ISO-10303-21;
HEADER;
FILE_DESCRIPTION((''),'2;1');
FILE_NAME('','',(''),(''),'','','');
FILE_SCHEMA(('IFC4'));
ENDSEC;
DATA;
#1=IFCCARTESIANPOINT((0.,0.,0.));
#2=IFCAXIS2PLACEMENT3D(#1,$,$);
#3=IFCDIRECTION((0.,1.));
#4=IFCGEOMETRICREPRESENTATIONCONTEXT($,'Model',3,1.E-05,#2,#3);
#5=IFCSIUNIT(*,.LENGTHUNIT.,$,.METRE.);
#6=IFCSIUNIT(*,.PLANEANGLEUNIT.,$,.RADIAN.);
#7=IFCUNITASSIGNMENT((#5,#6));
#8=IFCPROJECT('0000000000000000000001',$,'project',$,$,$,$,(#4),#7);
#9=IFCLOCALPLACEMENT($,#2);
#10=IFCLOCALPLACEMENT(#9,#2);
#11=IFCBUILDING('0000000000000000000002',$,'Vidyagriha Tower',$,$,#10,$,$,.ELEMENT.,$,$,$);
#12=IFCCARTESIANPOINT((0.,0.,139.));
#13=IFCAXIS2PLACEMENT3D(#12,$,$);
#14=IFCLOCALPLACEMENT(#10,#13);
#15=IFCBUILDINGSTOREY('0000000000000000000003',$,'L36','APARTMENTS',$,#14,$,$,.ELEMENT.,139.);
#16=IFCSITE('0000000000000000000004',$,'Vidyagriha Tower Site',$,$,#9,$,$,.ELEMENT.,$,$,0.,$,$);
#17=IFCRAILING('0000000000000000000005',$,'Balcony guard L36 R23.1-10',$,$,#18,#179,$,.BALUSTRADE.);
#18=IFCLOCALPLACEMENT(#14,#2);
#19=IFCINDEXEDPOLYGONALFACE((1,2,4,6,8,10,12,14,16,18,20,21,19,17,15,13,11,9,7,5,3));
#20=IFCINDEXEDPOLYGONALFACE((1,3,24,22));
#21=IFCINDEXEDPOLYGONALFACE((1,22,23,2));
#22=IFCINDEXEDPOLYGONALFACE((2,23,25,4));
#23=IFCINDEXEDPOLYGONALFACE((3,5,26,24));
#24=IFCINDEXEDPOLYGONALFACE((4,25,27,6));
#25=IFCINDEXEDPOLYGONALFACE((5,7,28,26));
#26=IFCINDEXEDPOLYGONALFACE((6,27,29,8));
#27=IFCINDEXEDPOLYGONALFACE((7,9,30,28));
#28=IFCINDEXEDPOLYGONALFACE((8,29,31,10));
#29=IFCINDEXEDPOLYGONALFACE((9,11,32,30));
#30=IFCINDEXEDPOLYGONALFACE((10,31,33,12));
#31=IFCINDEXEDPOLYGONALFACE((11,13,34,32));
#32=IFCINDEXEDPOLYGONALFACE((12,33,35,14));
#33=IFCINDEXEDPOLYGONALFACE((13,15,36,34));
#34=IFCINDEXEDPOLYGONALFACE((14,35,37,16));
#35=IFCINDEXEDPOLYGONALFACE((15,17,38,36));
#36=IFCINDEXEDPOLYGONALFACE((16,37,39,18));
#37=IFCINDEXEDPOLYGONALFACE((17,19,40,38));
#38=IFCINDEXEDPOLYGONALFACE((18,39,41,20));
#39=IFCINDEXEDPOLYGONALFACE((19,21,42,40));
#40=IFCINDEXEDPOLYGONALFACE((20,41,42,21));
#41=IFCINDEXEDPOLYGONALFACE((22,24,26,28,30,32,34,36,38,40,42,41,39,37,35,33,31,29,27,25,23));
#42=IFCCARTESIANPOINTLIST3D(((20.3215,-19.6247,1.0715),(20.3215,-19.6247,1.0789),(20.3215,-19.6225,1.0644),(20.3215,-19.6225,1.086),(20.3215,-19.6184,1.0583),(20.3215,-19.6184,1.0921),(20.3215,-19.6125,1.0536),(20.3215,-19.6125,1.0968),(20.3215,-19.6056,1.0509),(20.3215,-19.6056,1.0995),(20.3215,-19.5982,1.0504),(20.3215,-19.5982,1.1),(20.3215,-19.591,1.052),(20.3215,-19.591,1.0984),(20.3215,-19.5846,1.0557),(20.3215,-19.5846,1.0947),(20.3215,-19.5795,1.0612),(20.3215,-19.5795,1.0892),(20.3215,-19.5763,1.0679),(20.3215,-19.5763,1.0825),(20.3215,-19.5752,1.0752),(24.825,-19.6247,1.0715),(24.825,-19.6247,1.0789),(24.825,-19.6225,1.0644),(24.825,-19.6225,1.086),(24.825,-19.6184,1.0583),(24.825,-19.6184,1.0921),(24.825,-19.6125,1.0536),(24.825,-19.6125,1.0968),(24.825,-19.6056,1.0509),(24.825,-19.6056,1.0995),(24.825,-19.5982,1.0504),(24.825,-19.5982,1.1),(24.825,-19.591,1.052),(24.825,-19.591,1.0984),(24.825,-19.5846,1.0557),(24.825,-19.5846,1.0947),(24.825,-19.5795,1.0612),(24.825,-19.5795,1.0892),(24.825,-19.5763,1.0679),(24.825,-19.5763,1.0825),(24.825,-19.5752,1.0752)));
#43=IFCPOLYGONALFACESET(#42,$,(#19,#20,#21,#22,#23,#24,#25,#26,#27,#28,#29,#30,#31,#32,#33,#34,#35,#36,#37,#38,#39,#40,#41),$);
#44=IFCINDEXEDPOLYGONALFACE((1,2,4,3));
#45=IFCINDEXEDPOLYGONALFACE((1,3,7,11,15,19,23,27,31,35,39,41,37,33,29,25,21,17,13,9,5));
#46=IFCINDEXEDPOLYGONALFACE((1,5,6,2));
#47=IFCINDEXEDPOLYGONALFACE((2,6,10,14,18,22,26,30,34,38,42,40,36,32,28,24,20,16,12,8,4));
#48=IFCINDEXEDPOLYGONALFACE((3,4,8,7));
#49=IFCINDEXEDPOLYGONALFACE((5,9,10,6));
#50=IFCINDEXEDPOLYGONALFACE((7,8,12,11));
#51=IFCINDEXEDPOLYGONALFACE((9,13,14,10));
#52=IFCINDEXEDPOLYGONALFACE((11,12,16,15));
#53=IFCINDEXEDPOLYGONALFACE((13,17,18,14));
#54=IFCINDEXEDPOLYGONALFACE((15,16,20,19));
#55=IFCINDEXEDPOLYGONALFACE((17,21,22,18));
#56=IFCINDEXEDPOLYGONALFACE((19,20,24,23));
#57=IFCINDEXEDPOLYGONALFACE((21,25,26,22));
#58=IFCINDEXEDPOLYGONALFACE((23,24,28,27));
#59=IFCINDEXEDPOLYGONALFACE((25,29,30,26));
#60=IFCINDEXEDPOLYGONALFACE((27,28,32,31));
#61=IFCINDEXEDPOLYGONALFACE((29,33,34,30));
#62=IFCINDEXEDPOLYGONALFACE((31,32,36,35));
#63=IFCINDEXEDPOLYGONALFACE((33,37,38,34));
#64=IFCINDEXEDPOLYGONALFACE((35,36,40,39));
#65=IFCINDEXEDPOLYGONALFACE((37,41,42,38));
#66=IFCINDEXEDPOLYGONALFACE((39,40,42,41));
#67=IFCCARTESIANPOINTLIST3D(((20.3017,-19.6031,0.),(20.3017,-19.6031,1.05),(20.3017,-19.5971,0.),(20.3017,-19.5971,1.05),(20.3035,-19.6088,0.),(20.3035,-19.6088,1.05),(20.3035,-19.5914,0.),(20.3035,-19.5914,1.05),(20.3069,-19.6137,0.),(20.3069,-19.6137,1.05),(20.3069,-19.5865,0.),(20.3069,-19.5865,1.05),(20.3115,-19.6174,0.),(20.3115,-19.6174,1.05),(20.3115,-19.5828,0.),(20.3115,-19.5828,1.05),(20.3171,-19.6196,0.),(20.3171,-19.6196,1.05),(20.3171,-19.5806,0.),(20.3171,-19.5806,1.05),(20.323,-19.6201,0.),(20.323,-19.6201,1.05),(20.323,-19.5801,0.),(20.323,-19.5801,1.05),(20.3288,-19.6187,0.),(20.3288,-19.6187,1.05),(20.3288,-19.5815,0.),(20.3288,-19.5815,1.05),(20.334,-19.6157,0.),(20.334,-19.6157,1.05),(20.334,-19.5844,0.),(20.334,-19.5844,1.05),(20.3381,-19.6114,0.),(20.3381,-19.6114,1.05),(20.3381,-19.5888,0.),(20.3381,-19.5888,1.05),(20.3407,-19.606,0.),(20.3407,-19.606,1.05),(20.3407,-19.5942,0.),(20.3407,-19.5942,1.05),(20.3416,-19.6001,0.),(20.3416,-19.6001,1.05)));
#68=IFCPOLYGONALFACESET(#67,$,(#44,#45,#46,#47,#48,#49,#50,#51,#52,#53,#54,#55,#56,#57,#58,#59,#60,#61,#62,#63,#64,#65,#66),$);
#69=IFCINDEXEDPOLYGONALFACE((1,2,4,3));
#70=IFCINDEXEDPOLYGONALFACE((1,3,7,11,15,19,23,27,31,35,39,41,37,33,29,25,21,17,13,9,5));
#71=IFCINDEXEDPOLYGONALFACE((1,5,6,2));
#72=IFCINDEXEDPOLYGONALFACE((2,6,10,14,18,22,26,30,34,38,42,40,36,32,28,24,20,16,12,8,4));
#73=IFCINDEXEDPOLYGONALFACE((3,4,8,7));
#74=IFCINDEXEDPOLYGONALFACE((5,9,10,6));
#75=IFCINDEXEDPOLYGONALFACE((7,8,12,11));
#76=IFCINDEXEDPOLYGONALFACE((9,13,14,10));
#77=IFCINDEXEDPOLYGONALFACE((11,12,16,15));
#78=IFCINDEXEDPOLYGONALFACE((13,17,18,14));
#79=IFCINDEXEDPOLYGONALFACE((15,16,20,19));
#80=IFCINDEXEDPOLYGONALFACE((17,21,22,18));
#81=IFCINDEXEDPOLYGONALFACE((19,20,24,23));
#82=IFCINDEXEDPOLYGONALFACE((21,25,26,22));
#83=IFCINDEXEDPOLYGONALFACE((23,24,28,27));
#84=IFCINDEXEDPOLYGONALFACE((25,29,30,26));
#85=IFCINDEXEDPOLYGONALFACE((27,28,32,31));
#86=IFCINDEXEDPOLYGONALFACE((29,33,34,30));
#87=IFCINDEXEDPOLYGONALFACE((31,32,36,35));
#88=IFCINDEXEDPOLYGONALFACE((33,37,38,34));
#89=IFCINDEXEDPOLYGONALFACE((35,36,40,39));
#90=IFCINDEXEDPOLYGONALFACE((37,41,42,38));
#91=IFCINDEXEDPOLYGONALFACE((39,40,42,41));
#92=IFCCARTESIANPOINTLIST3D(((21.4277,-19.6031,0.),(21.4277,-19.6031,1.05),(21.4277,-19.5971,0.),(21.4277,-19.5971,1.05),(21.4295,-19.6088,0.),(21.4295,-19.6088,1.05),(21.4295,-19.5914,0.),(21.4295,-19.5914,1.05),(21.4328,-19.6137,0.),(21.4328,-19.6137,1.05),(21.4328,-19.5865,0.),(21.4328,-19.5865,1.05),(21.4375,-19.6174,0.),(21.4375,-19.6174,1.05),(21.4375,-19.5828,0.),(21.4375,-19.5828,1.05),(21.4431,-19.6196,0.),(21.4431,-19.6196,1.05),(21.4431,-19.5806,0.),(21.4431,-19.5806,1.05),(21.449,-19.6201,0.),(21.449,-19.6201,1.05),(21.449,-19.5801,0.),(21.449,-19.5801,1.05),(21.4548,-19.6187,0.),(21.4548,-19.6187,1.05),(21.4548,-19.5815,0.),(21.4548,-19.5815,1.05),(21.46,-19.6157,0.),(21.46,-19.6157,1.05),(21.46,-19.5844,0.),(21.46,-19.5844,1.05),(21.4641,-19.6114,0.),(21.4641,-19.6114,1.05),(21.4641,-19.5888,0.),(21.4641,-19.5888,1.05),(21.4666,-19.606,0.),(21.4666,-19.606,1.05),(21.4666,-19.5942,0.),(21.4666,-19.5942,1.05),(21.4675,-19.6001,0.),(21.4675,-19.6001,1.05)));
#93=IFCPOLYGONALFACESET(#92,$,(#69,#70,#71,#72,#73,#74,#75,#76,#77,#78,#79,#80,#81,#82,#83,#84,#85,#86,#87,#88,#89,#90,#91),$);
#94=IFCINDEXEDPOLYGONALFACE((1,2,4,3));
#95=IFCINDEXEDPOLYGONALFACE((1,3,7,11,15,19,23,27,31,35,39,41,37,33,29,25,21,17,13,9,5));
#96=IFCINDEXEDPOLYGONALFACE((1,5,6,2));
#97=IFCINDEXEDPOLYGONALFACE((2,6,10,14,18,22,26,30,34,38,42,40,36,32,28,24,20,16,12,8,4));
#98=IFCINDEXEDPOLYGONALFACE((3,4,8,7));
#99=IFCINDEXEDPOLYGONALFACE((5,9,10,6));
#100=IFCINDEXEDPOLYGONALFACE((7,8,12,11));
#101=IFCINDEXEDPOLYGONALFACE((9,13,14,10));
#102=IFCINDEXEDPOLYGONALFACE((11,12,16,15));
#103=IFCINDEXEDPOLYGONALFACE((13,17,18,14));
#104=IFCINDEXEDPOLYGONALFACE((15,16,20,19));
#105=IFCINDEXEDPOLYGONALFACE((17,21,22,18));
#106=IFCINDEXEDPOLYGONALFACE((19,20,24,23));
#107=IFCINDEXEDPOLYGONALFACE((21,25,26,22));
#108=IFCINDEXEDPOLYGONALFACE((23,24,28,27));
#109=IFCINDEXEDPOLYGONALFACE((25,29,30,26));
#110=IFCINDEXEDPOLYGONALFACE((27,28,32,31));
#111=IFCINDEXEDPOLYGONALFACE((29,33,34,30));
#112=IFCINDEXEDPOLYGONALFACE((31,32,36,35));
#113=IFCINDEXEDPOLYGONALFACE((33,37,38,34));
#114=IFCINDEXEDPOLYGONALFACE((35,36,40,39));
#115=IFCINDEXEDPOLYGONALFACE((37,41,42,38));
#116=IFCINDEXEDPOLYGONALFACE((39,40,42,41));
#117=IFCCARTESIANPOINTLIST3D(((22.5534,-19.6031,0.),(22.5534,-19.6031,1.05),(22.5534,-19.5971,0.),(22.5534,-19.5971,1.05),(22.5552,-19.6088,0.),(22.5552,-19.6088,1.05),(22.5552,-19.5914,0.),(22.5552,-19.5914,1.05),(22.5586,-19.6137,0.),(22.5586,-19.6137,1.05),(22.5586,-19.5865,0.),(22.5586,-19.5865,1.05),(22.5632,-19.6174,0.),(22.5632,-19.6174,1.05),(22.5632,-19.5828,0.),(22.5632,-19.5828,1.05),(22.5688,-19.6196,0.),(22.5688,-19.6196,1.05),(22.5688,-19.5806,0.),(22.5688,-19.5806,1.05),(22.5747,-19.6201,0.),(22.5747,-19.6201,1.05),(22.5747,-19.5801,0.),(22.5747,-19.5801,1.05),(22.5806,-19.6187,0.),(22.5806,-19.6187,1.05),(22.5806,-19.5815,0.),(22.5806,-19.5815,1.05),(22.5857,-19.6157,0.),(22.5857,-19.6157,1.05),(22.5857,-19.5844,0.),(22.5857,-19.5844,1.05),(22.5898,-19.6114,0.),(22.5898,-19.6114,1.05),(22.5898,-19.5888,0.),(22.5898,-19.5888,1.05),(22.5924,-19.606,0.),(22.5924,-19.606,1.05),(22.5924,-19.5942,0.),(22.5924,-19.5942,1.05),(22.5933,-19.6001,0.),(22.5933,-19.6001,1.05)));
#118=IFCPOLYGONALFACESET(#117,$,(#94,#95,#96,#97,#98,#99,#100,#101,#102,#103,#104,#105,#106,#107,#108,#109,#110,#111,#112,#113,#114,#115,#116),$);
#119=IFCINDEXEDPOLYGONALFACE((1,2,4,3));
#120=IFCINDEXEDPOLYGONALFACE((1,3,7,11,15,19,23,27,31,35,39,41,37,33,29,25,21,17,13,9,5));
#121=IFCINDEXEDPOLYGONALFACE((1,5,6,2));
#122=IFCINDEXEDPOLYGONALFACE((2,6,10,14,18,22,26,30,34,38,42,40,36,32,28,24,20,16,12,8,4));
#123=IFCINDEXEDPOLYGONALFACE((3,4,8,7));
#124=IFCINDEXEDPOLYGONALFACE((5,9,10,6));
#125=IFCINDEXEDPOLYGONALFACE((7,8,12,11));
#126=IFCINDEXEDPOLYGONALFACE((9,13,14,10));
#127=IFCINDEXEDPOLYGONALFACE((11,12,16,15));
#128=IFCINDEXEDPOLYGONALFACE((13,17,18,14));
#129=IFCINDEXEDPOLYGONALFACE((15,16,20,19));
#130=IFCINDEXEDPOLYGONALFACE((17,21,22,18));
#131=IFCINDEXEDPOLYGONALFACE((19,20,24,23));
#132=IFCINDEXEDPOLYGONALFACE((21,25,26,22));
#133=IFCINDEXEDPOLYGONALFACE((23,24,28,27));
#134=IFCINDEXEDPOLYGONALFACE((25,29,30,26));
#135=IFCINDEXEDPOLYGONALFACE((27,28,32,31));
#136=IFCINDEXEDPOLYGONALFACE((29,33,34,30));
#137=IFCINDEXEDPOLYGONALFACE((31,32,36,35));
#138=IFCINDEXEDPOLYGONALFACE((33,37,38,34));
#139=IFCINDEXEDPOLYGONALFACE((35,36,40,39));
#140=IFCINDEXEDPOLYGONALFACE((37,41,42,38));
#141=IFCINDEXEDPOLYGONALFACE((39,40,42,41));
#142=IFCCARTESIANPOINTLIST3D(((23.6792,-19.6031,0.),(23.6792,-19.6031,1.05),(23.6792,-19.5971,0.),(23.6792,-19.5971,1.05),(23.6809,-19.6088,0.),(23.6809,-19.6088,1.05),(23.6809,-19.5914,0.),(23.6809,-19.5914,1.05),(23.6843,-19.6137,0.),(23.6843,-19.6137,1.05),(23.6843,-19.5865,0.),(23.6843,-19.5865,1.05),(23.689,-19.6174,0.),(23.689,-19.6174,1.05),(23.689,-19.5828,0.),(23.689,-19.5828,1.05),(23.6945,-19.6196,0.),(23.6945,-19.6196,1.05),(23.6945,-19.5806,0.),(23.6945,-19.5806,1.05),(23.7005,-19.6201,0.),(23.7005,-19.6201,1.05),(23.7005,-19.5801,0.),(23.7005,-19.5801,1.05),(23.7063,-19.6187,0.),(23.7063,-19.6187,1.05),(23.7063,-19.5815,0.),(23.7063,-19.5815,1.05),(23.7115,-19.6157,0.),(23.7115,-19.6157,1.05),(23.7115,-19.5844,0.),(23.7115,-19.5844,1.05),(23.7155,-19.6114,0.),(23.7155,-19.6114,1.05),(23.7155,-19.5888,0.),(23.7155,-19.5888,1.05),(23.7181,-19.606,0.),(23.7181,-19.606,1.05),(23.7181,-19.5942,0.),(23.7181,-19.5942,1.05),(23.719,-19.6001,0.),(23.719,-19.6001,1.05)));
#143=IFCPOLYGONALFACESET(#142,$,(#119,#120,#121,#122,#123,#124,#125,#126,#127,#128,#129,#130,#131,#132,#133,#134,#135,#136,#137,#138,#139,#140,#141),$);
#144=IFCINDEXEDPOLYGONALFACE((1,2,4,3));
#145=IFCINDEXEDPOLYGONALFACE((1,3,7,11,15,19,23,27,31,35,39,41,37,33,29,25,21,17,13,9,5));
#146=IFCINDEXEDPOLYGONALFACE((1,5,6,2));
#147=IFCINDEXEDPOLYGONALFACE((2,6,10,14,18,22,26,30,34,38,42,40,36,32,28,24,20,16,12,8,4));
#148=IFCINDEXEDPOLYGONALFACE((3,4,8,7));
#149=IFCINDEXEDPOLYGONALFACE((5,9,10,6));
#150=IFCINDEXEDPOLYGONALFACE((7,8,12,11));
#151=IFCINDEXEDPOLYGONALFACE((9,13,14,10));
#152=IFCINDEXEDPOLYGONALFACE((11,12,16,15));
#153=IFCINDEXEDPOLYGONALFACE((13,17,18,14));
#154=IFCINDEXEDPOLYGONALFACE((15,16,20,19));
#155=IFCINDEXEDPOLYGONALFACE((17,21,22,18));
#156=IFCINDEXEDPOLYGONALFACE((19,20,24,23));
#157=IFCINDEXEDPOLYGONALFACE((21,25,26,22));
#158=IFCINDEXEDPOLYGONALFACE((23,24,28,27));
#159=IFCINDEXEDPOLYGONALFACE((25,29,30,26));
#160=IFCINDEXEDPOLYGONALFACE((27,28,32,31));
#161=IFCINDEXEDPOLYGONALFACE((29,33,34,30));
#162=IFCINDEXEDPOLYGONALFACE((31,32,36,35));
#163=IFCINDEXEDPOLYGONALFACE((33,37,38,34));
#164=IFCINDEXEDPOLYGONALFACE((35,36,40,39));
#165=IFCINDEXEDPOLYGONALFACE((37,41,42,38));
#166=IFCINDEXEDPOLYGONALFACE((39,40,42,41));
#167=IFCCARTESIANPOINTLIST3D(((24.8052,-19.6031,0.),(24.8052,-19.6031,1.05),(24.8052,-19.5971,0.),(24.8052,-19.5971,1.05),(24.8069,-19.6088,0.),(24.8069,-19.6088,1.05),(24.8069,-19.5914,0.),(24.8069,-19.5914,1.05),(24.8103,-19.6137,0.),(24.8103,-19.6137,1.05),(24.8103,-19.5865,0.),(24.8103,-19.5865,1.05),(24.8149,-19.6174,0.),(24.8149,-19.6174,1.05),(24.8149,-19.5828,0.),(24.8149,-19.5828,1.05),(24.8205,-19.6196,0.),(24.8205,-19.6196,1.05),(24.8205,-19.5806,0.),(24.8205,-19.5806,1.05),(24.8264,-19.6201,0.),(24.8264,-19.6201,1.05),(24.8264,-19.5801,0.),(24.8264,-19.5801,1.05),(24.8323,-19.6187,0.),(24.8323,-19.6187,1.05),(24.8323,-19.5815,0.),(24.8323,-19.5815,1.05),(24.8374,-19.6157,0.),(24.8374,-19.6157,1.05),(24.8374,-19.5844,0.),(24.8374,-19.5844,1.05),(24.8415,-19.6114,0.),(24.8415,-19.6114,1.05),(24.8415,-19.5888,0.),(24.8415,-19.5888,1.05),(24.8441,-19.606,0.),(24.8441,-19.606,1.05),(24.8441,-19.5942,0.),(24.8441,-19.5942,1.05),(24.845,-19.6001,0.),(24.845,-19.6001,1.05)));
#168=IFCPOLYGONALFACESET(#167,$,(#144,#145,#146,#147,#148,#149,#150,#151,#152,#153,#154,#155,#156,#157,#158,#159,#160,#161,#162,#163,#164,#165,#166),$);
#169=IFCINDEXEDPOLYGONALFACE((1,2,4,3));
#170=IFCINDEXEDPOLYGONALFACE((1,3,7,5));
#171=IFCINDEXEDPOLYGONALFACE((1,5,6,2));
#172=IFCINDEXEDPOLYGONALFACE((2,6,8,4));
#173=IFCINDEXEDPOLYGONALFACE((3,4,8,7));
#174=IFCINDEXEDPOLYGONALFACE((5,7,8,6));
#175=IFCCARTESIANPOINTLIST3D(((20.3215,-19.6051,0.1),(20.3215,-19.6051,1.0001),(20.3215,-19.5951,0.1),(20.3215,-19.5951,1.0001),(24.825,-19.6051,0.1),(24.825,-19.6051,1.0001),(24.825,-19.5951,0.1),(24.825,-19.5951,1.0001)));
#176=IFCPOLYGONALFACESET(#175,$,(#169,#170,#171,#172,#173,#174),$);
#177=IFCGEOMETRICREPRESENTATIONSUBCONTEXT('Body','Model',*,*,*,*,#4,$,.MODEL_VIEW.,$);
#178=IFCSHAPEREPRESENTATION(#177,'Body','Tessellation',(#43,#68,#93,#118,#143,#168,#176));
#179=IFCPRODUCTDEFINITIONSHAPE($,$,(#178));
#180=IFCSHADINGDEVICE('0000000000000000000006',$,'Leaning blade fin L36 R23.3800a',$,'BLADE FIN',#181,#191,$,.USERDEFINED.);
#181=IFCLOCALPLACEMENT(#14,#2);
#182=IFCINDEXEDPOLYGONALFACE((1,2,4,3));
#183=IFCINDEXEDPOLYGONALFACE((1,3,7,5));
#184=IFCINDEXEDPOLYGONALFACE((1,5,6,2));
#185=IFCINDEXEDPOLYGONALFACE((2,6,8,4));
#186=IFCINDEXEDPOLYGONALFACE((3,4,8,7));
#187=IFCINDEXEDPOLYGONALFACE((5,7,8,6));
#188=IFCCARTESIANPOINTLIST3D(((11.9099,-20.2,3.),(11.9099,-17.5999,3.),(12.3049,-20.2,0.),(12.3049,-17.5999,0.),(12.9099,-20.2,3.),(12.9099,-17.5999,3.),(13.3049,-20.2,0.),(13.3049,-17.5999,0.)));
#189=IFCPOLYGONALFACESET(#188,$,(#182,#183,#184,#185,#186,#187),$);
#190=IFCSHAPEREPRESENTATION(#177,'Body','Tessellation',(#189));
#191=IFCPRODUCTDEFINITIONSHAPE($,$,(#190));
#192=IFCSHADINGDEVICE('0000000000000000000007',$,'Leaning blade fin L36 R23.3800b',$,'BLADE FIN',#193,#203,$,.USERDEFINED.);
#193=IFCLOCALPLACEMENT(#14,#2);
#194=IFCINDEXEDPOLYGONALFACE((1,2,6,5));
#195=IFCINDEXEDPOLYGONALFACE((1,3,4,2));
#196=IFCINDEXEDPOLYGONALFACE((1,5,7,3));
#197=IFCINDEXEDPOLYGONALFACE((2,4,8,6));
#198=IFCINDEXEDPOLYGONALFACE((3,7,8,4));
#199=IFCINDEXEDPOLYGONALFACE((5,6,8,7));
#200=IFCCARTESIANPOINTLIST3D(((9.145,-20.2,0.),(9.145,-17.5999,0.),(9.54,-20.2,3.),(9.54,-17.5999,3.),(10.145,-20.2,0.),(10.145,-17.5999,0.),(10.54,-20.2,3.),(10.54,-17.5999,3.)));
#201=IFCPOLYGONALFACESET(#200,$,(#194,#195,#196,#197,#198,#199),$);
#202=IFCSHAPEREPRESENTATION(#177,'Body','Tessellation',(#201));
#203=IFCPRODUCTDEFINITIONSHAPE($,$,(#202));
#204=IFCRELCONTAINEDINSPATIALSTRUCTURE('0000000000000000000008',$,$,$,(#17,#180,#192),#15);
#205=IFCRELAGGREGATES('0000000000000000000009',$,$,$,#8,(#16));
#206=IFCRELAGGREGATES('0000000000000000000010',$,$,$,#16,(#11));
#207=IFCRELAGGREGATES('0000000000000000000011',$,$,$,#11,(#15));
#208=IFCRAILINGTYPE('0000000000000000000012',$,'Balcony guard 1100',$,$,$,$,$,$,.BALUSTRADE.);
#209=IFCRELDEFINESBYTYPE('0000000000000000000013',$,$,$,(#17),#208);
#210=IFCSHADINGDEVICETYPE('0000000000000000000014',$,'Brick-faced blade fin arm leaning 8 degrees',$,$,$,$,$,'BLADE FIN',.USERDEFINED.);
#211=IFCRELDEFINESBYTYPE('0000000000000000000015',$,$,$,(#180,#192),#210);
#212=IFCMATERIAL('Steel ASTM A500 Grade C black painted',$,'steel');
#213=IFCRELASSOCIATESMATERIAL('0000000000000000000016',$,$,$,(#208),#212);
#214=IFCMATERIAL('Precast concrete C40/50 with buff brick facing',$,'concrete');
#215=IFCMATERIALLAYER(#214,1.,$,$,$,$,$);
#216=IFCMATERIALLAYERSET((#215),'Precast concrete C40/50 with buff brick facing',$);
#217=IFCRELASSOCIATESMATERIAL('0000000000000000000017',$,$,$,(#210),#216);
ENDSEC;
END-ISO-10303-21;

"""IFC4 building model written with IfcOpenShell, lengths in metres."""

from ifc_helpers import new_model, si_unit, direction, frame, origin, origin_2d, place, context, subcontext, project, spatial, polyline, rectangle, circle, outline, extrude, material, layer, layer_set, type_object, element, save


model = new_model("IFC4")

# Units and contexts
model_context = context("Model", 3, precision=1e-05, world=origin(), true_north=direction((0.0, 1.0)))
body_context = subcontext(model_context, "Body", "Model", "MODEL_VIEW")
ifc_project = project(units=[si_unit("LENGTHUNIT", "METRE"), si_unit("PLANEANGLEUNIT", "RADIAN")], contexts=[model_context])

# Site, building, storey
site_placement = place(None, origin())
site = spatial("IfcSite", under=ifc_project, at=site_placement, Name="Vidyagriha Tower Site", CompositionType="ELEMENT", RefElevation=0.0)
building_placement = place(site_placement, origin())
building = spatial("IfcBuilding", under=site, at=building_placement, Name="Vidyagriha Tower", CompositionType="ELEMENT")
storey_placement = place(building_placement, frame((0.0, 0.0, 139.0)))
storey = spatial("IfcBuildingStorey", under=building, at=storey_placement, Name="L36", Description="APARTMENTS", CompositionType="ELEMENT", Elevation=139.0)

# Railing
ifc_material_1 = material(Name="Steel ASTM A500 Grade C black painted", Category="steel")
railing_type = type_object("IfcRailingType", Name="Balcony guard 1100", PredefinedType="BALUSTRADE", material=ifc_material_1)
railing_1_placement = place(storey_placement, frame((20.3215, -19.6001, 0.0)))
element("IfcRailing", 1, at=railing_1_placement, inside=storey, type_object=railing_type, Name="Balcony guard L36 R23.1-10", PredefinedType="BALUSTRADE", context=body_context, shape_type="SweptSolid", body=[
    extrude(circle(Radius=0.0249, at=origin_2d()), frame((0.0, 0.0, 1.0752), z_axis=(1.0, 0.0, 0.0), x_axis=(0.0, 1.0, 0.0)), (0.0, 0.0, 1.0), 4.5034),
    extrude(circle(Radius=0.02, at=origin_2d()), origin(), (0.0, 0.0, 1.0), 1.05),
    extrude(circle(Radius=0.02, at=origin_2d()), frame((1.126, 0.0, 0.0)), (0.0, 0.0, 1.0), 1.05),
    extrude(circle(Radius=0.02, at=origin_2d()), frame((2.2517, 0.0, 0.0)), (0.0, 0.0, 1.0), 1.05),
    extrude(circle(Radius=0.02, at=origin_2d()), frame((3.3774, 0.0, 0.0)), (0.0, 0.0, 1.0), 1.05),
    extrude(circle(Radius=0.02, at=origin_2d()), frame((4.5034, 0.0, 0.0)), (0.0, 0.0, 1.0), 1.05),
    extrude(rectangle(XDim=0.01, YDim=0.9001, at=origin_2d()), frame((0.0, 0.0, 0.55), z_axis=(1.0, 0.0, 0.0), x_axis=(0.0, 1.0, 0.0)), (0.0, 0.0, 1.0), 4.5034),
])

# Shading devices
ifc_material_2 = material(Name="Precast concrete C40/50 with buff brick facing", Category="concrete")
ifc_layer_1 = layer(ifc_material_2, 1.0)
ifc_layer_set_1 = layer_set([ifc_layer_1], Name="Precast concrete C40/50 with buff brick facing")
shading_device_type_1 = type_object("IfcShadingDeviceType", Name="Brick-faced blade fin arm leaning 8 degrees", ElementType="BLADE FIN", PredefinedType="USERDEFINED", material=ifc_layer_set_1)
shading_device_1_placement = place(storey_placement, frame((11.9099, -18.8999, 0.0)))
element("IfcShadingDevice", 2, at=shading_device_1_placement, inside=storey, type_object=shading_device_type_1, Name="Leaning blade fin L36 R23.3800a", ObjectType="BLADE FIN", PredefinedType="USERDEFINED", context=body_context, shape_type="SweptSolid", body=[
    extrude(outline(polyline([(0.395, 0.0), (1.395, 0.0), (1.0, 3.0), (0.0, 3.0), (0.395, 0.0)])), frame((0.0, 1.3, 0.0), z_axis=(0.0, -1.0, 0.0), x_axis=(1.0, 0.0, 0.0)), (0.0, 0.0, 1.0), 2.6001),
])
shading_device_2_placement = place(storey_placement, frame((9.145, -18.8999, 0.0)))
element("IfcShadingDevice", 3, at=shading_device_2_placement, inside=storey, type_object=shading_device_type_1, Name="Leaning blade fin L36 R23.3800b", ObjectType="BLADE FIN", PredefinedType="USERDEFINED", context=body_context, shape_type="SweptSolid", body=[
    extrude(outline(polyline([(0.0, 0.0), (1.0, 0.0), (1.395, 3.0), (0.395, 3.0), (0.0, 0.0)])), frame((0.0, 1.3, 0.0), z_axis=(0.0, -1.0, 0.0), x_axis=(1.0, 0.0, 0.0)), (0.0, 0.0, 1.0), 2.6001),
])

save(model, "model.ifc")
